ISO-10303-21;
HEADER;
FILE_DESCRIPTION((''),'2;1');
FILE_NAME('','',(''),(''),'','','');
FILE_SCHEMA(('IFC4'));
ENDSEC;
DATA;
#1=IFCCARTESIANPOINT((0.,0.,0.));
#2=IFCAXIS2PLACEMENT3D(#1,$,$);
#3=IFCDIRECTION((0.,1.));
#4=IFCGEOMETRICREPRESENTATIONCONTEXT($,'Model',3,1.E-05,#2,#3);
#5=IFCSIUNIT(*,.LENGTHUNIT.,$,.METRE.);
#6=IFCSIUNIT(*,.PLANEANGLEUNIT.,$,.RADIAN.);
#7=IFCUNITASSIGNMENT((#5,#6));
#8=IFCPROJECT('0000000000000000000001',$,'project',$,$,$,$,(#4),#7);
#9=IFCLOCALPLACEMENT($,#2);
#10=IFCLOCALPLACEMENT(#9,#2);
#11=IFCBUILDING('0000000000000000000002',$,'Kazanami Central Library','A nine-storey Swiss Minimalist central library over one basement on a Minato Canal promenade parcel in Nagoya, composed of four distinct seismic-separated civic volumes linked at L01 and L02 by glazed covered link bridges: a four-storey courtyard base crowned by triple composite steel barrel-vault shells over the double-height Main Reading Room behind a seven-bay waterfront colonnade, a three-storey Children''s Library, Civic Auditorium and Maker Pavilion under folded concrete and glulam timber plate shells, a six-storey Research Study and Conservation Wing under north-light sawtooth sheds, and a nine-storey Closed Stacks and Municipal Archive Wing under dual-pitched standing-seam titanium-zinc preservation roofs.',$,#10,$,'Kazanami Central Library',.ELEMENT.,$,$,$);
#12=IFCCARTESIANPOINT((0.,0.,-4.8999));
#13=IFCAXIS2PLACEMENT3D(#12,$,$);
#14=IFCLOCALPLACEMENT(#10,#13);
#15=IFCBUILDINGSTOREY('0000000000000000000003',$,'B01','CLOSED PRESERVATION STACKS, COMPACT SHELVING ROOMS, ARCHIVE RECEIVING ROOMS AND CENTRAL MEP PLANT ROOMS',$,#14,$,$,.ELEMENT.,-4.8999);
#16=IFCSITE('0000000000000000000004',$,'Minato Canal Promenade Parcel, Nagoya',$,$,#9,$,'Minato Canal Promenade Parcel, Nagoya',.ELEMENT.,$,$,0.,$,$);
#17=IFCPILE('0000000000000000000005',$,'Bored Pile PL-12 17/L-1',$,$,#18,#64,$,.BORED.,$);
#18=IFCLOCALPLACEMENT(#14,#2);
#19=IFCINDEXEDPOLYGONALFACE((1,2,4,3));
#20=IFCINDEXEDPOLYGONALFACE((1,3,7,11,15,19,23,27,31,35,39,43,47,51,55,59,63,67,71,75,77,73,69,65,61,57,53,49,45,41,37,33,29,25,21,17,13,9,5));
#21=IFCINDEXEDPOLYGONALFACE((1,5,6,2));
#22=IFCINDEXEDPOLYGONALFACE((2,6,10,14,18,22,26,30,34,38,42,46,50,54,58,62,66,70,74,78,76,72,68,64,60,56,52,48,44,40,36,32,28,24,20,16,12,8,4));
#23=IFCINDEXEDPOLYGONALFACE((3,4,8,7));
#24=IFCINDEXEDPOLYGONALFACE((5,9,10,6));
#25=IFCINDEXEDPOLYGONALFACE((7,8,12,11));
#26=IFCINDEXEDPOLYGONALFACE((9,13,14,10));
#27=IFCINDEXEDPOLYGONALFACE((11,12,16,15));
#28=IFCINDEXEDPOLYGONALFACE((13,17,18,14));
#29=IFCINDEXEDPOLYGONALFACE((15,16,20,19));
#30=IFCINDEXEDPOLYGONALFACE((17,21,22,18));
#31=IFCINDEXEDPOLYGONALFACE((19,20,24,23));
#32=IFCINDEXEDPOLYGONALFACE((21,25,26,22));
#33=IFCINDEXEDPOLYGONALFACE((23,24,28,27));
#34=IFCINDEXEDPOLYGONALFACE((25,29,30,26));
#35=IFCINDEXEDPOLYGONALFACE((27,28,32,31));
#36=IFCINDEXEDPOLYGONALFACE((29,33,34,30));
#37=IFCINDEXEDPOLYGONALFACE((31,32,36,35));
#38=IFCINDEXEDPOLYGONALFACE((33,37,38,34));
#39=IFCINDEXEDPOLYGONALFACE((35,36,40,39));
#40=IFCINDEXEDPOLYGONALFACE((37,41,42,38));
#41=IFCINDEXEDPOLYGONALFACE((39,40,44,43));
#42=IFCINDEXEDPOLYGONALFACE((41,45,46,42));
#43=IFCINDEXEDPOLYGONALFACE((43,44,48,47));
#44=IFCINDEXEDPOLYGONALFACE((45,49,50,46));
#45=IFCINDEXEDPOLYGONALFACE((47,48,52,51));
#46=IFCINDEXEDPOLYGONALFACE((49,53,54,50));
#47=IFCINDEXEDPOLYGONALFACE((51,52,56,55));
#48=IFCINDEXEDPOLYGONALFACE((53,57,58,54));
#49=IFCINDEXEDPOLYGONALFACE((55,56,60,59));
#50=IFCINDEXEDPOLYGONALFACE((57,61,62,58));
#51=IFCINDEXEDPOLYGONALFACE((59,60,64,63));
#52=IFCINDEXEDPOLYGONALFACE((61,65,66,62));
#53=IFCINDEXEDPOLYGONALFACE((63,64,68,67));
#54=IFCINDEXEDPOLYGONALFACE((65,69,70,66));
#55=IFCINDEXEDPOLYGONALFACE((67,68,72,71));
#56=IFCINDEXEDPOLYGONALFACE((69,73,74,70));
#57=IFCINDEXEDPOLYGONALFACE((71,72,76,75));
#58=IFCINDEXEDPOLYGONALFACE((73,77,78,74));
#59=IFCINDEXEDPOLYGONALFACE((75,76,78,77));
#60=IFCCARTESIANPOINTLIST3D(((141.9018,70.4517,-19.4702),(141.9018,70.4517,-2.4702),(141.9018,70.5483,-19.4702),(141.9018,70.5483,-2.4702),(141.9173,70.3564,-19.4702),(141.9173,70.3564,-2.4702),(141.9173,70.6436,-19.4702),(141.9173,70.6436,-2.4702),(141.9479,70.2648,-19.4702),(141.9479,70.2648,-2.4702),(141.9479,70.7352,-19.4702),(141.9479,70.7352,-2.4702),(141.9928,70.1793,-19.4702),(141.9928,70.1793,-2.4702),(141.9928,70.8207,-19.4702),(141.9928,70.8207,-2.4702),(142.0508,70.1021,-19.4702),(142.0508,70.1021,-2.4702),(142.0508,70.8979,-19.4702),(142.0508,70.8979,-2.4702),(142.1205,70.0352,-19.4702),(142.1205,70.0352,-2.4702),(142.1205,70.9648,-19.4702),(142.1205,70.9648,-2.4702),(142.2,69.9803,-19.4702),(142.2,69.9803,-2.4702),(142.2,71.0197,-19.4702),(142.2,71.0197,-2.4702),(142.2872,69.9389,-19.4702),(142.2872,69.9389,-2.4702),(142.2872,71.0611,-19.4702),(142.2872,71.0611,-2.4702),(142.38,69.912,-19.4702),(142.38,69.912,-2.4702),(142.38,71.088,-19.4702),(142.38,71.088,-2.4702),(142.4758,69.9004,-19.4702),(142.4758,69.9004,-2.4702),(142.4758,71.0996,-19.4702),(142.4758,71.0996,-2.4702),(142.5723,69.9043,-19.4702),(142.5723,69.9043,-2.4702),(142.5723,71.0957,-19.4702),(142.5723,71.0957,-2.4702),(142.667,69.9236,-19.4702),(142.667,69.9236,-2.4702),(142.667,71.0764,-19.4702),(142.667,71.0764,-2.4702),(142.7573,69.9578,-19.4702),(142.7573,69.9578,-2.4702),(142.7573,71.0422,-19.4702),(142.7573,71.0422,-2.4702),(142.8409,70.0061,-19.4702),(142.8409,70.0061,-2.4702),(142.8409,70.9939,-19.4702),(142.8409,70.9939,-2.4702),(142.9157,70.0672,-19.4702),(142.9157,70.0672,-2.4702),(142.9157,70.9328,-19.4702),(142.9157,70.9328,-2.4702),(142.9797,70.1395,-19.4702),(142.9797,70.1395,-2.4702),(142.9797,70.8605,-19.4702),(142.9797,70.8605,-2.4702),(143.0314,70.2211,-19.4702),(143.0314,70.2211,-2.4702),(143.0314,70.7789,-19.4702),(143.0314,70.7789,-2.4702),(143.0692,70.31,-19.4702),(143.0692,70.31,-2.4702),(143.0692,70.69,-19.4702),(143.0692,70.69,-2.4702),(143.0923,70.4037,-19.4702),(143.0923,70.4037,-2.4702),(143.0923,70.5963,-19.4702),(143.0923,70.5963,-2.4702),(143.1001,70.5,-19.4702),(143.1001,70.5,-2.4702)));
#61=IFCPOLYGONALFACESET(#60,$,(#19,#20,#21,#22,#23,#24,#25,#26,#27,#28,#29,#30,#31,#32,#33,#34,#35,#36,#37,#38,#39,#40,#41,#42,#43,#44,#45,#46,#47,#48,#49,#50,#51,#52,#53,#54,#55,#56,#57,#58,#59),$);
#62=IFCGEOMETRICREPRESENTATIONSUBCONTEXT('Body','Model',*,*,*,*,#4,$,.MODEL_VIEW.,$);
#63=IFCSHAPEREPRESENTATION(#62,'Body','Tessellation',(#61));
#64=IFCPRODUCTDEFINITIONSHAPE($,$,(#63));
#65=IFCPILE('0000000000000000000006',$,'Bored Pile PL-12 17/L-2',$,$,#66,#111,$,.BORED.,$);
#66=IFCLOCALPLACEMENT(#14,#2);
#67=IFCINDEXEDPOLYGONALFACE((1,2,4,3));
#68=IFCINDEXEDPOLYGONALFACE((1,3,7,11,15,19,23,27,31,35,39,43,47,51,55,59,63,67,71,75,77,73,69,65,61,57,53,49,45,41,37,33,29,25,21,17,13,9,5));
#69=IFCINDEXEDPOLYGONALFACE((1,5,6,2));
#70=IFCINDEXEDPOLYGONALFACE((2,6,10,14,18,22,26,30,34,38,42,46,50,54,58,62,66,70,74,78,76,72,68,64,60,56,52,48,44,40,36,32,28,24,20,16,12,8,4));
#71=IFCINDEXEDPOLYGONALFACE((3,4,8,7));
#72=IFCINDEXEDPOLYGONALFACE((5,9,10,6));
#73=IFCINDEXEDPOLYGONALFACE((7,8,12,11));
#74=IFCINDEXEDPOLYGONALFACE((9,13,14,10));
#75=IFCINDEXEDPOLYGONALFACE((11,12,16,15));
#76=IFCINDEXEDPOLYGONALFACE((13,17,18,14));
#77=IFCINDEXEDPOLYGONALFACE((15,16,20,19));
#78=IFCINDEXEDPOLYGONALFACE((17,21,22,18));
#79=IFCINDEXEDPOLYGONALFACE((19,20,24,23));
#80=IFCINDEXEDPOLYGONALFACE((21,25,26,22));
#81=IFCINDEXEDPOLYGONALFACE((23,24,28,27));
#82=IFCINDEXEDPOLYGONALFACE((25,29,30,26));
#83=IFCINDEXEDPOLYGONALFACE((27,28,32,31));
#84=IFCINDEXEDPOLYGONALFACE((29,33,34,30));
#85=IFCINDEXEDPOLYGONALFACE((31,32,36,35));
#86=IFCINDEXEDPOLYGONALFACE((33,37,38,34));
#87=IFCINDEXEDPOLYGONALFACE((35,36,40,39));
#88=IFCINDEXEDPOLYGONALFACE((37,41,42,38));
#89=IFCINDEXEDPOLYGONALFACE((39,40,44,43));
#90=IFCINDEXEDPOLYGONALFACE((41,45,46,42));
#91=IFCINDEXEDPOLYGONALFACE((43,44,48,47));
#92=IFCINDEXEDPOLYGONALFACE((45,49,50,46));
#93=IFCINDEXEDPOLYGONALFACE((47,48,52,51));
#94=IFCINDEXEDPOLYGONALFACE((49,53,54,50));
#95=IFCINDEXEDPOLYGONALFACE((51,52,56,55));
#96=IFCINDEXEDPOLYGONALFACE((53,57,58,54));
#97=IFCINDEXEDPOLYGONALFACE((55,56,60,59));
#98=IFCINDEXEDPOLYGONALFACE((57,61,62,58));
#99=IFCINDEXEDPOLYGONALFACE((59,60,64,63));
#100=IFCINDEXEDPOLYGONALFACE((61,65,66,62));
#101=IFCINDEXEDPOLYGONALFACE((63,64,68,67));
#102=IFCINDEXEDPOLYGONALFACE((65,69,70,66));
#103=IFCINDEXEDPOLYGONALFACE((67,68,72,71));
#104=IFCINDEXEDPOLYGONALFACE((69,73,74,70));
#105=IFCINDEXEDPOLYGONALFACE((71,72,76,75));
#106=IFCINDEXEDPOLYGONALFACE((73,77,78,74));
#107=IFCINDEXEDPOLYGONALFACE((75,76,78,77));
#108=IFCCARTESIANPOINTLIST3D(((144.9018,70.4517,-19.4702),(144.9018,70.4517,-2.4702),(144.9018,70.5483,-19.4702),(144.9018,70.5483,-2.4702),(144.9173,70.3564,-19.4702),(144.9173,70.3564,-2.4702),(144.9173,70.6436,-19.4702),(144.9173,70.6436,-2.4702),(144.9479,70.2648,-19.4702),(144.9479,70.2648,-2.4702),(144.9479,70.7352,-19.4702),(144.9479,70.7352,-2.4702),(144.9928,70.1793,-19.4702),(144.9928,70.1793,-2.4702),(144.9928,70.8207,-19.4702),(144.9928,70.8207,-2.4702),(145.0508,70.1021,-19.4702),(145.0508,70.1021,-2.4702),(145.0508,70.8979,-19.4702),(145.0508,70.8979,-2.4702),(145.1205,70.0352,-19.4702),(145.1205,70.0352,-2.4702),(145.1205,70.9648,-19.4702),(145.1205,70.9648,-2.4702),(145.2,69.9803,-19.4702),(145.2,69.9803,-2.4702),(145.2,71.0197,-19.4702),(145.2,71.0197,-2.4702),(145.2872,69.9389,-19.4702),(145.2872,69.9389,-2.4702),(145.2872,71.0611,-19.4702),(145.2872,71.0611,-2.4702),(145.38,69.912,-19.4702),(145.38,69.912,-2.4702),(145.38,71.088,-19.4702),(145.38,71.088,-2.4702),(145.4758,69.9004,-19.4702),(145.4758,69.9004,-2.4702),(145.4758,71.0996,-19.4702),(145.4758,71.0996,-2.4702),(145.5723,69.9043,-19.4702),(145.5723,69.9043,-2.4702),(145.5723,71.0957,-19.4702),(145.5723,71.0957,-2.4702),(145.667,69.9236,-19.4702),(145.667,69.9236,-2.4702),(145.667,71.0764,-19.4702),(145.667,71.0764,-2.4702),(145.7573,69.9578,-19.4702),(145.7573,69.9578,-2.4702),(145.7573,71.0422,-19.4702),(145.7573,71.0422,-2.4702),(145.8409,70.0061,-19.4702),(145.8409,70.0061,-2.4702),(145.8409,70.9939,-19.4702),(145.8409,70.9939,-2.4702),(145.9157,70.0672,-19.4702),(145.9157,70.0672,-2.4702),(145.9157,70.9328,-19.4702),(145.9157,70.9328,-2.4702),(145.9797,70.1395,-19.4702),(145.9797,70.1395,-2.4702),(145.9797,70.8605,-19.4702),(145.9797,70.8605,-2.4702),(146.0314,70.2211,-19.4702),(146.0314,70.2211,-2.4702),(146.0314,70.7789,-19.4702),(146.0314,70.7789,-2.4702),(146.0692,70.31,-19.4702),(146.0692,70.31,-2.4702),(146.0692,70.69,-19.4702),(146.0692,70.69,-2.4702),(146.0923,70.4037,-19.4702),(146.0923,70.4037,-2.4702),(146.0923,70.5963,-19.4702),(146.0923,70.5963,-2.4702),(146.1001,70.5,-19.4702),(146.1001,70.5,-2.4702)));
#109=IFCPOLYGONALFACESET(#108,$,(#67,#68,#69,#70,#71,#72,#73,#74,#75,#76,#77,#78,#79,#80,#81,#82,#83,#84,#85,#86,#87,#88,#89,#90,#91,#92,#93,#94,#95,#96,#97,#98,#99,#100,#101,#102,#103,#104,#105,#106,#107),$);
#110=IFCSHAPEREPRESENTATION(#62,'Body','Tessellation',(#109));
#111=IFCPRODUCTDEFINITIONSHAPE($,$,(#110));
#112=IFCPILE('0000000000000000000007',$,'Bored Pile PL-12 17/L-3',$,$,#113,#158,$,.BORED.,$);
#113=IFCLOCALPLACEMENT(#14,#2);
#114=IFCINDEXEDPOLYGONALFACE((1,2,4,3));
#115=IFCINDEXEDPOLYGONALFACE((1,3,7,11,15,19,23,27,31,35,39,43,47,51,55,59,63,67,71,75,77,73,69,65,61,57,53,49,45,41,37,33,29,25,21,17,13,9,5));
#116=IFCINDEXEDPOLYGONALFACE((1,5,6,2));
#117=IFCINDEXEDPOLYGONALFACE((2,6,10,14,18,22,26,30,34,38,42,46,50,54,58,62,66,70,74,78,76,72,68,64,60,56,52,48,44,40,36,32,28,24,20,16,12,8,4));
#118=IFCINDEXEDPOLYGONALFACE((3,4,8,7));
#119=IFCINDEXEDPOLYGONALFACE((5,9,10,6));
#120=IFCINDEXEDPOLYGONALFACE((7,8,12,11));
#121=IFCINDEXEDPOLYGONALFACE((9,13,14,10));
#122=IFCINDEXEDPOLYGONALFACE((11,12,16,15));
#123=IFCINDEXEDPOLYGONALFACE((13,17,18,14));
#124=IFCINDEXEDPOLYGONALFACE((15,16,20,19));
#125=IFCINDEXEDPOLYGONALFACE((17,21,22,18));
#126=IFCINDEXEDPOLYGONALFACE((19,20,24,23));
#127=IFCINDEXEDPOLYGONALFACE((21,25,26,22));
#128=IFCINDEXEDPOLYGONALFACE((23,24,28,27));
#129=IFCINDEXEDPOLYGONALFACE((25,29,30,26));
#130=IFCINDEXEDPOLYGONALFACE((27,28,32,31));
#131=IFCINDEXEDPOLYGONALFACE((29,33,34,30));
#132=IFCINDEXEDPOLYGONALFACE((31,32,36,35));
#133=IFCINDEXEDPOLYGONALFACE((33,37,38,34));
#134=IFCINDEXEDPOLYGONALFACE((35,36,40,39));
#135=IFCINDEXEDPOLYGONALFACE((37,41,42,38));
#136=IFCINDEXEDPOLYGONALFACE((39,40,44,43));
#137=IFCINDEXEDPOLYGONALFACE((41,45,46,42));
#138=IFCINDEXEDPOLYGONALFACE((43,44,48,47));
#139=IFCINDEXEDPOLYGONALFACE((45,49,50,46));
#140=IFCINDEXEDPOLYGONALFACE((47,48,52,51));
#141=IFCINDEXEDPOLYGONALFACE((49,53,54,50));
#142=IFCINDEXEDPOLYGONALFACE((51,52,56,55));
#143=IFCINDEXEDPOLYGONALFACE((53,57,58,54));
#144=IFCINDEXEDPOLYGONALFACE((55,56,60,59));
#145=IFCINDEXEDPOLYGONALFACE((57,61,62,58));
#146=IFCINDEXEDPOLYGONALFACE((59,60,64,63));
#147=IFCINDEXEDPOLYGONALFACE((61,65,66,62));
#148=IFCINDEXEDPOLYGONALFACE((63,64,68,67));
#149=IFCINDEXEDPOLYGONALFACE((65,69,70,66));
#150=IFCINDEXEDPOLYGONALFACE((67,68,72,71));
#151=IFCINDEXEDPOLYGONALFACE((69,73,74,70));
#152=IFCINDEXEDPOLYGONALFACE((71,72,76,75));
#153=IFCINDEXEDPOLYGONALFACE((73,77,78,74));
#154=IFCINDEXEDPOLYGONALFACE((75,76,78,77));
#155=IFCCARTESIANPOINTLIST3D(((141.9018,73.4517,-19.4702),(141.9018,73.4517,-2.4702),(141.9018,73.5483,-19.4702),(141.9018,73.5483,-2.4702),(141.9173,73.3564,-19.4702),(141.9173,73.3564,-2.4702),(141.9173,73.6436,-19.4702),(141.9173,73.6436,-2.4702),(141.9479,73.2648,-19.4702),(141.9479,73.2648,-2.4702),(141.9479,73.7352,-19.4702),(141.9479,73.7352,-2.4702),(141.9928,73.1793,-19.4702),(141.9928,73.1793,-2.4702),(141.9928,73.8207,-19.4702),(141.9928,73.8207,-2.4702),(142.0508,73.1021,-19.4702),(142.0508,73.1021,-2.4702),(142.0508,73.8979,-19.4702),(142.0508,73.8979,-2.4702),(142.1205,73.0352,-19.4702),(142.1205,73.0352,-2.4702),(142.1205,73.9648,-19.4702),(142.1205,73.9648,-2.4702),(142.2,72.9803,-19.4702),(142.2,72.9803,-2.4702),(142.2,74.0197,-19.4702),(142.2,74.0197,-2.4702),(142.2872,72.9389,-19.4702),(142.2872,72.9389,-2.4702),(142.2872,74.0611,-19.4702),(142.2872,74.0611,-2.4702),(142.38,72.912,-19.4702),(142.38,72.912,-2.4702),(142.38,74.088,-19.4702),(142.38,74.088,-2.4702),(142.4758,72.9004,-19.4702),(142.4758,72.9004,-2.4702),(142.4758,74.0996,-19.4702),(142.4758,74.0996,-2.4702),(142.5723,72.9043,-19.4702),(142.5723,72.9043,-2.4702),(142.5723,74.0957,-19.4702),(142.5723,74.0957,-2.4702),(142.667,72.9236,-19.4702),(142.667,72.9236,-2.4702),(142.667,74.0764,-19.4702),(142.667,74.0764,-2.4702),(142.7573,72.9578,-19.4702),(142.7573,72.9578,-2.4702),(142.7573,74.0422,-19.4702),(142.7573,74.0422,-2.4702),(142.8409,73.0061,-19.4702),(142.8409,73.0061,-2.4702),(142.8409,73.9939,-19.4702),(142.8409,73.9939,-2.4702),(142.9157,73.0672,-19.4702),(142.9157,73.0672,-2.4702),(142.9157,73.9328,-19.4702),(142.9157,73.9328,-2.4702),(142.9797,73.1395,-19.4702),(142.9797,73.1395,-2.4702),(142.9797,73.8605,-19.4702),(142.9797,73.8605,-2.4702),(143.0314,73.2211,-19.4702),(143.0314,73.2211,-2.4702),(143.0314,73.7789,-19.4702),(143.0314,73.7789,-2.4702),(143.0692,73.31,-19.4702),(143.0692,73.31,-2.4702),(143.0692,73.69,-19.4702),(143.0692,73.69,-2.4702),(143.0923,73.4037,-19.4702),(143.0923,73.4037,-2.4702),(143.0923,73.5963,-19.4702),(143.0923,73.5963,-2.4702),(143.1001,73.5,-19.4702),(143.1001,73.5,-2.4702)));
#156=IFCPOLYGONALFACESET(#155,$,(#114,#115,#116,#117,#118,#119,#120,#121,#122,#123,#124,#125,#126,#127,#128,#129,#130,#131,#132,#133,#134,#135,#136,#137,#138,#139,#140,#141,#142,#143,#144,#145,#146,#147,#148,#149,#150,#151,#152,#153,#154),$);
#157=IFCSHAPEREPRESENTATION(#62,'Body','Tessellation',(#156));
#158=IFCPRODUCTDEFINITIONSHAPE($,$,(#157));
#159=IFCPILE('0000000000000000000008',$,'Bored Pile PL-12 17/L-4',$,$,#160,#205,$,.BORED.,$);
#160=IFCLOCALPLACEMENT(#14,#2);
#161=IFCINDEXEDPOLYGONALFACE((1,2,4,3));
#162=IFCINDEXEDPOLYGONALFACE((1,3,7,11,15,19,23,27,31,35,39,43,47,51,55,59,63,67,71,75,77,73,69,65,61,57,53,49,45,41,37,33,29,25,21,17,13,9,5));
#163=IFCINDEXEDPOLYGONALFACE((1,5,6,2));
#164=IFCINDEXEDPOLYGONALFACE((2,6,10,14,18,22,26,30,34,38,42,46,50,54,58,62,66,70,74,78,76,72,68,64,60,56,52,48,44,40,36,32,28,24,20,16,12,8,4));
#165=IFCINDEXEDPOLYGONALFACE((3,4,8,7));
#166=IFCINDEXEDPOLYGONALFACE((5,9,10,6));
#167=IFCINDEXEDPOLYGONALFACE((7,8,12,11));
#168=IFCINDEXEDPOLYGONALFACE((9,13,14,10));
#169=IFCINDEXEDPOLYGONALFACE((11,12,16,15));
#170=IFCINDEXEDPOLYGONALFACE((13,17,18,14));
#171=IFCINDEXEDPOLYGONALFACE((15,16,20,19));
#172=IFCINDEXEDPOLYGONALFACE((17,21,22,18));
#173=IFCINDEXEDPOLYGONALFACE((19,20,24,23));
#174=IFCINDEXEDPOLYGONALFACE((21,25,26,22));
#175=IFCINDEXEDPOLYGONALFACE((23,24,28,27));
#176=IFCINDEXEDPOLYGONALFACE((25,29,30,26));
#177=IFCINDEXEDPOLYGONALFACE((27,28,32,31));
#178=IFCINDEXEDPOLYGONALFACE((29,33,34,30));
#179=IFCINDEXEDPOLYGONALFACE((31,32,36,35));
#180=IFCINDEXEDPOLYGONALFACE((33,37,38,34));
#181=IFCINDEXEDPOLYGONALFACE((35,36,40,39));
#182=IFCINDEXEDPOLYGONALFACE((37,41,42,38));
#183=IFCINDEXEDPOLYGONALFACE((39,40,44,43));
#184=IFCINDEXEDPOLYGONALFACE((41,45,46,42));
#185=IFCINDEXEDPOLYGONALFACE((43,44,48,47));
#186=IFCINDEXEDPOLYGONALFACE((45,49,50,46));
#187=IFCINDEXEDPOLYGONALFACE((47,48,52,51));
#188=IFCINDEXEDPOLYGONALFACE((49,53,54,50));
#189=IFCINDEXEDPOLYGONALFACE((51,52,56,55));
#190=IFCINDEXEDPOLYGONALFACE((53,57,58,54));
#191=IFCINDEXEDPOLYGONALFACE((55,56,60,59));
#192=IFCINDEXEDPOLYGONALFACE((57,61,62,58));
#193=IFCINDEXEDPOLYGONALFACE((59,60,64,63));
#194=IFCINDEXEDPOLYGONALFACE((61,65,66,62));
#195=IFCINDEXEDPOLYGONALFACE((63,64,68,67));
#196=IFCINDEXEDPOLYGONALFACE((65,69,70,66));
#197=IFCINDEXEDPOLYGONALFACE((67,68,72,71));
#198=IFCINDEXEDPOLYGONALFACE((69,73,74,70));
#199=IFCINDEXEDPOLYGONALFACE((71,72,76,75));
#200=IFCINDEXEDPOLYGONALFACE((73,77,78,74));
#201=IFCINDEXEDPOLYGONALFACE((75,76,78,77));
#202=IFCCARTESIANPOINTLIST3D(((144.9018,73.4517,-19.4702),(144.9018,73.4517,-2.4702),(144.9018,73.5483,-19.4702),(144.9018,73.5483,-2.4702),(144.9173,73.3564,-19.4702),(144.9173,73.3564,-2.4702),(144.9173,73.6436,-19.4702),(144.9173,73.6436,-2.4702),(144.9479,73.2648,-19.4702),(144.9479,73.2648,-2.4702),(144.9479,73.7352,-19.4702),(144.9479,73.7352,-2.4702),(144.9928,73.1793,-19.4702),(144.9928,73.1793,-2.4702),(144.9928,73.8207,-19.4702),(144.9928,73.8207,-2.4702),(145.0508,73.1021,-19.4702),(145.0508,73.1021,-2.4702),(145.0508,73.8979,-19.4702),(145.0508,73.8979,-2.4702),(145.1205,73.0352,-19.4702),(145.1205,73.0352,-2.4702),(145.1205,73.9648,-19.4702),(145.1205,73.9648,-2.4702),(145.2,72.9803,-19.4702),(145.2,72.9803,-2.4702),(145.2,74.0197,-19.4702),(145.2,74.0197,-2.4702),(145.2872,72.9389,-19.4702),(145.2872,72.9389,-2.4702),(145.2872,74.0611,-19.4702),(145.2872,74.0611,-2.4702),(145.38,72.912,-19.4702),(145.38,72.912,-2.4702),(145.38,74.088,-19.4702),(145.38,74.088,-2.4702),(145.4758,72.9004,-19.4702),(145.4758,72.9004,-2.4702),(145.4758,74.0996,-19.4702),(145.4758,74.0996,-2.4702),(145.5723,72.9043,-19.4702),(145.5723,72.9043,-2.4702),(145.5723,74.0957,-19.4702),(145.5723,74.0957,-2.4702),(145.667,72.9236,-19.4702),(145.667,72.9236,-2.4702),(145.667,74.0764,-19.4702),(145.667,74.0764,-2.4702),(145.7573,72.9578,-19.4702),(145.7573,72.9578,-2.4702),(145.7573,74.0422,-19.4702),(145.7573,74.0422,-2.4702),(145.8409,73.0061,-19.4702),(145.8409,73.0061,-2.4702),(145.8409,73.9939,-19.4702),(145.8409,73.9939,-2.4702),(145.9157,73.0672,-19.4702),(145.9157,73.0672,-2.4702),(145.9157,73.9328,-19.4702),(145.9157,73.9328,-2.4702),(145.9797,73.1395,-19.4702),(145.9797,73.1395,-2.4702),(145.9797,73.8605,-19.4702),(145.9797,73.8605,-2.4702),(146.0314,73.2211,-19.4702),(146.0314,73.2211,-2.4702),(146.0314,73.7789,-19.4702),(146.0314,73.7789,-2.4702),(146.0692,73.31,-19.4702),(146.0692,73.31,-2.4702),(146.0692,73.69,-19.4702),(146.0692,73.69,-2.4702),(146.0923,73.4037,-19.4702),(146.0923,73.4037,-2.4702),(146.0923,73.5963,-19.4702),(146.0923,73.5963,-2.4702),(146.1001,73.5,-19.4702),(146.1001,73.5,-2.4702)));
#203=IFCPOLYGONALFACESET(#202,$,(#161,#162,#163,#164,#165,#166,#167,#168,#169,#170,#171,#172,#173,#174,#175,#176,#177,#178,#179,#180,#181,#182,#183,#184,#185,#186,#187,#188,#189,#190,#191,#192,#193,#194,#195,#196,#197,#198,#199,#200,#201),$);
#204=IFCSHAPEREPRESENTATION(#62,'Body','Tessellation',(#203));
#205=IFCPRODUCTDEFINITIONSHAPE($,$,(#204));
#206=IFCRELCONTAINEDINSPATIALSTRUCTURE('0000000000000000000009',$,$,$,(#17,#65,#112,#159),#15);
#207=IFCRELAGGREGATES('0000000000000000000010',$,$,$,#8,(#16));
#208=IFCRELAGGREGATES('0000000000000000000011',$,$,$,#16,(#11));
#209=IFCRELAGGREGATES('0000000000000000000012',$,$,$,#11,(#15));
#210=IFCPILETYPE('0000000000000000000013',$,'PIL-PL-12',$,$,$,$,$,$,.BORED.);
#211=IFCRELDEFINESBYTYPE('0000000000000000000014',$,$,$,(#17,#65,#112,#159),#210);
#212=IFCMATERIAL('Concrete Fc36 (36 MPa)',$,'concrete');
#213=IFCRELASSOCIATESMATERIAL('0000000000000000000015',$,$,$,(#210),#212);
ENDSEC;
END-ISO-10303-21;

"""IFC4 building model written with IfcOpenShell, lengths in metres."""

from ifc_helpers import new_model, si_unit, direction, frame, origin, origin_2d, place, context, subcontext, project, spatial, circle, extrude, material, material_profile, profile_set, type_object, element, save


model = new_model("IFC4")

# Units and contexts
model_context = context("Model", 3, precision=1e-05, world=origin(), true_north=direction((0.0, 1.0)))
body_context = subcontext(model_context, "Body", "Model", "MODEL_VIEW")
ifc_project = project(units=[si_unit("LENGTHUNIT", "METRE"), si_unit("PLANEANGLEUNIT", "RADIAN")], contexts=[model_context])

# Site, building, storey
site_placement = place(None, origin())
site = spatial("IfcSite", under=ifc_project, at=site_placement, Name="Minato Canal Promenade Parcel, Nagoya", LongName="Minato Canal Promenade Parcel, Nagoya", CompositionType="ELEMENT", RefElevation=0.0)
building_placement = place(site_placement, origin())
building = spatial("IfcBuilding", under=site, at=building_placement, Name="Kazanami Central Library", Description="A nine-storey Swiss Minimalist central library over one basement on a Minato Canal promenade parcel in Nagoya, composed of four distinct seismic-separated civic volumes linked at L01 and L02 by glazed covered link bridges: a four-storey courtyard base crowned by triple composite steel barrel-vault shells over the double-height Main Reading Room behind a seven-bay waterfront colonnade, a three-storey Children's Library, Civic Auditorium and Maker Pavilion under folded concrete and glulam timber plate shells, a six-storey Research Study and Conservation Wing under north-light sawtooth sheds, and a nine-storey Closed Stacks and Municipal Archive Wing under dual-pitched standing-seam titanium-zinc preservation roofs.", LongName="Kazanami Central Library", CompositionType="ELEMENT")
storey_placement = place(building_placement, frame((0.0, 0.0, -4.8999)))
storey = spatial("IfcBuildingStorey", under=building, at=storey_placement, Name="B01", Description="CLOSED PRESERVATION STACKS, COMPACT SHELVING ROOMS, ARCHIVE RECEIVING ROOMS AND CENTRAL MEP PLANT ROOMS", CompositionType="ELEMENT", Elevation=-4.8999)

# Shared definitions
ifc_material_1 = material(Name="Concrete Fc36 (36 MPa)", Category="concrete")

# Piles
ifc_material_profile_1 = material_profile(ifc_material_1, circle(Radius=0.6001, at=origin_2d()), Name="BORED-D1200")
ifc_profile_set_1 = profile_set([ifc_material_profile_1], Name="Concrete Fc36 (36 MPa)")
pile_type = type_object("IfcPileType", Name="PIL-PL-12", PredefinedType="BORED", material=ifc_profile_set_1)
for number, where, z_axis, x_axis, name in (
    (1, (142.5, 70.5, -2.4702), (0.0, 0.0, -1.0), (1.0, 0.0, 0.0), "Bored Pile PL-12 17/L-1"),
    (2, (145.5, 70.5, -2.4702), (0.0, 0.0, -1.0), (1.0, 0.0, 0.0), "Bored Pile PL-12 17/L-2"),
    (3, (142.5, 73.5, -2.4702), (0.0, 0.0, -1.0), (1.0, 0.0, 0.0), "Bored Pile PL-12 17/L-3"),
    (4, (145.5, 73.5, -2.4702), (0.0, 0.0, -1.0), (1.0, 0.0, 0.0), "Bored Pile PL-12 17/L-4"),
):
    element("IfcPile", number, at=place(storey_placement, frame(where, z_axis=z_axis, x_axis=x_axis)), inside=storey, type_object=pile_type, Name=name, PredefinedType="BORED", context=body_context, shape_type="SweptSolid", body=[
        extrude(circle(Radius=0.6001, at=origin_2d()), origin(), (0.0, 0.0, 1.0), 17.0),
    ])

save(model, "model.ifc")
